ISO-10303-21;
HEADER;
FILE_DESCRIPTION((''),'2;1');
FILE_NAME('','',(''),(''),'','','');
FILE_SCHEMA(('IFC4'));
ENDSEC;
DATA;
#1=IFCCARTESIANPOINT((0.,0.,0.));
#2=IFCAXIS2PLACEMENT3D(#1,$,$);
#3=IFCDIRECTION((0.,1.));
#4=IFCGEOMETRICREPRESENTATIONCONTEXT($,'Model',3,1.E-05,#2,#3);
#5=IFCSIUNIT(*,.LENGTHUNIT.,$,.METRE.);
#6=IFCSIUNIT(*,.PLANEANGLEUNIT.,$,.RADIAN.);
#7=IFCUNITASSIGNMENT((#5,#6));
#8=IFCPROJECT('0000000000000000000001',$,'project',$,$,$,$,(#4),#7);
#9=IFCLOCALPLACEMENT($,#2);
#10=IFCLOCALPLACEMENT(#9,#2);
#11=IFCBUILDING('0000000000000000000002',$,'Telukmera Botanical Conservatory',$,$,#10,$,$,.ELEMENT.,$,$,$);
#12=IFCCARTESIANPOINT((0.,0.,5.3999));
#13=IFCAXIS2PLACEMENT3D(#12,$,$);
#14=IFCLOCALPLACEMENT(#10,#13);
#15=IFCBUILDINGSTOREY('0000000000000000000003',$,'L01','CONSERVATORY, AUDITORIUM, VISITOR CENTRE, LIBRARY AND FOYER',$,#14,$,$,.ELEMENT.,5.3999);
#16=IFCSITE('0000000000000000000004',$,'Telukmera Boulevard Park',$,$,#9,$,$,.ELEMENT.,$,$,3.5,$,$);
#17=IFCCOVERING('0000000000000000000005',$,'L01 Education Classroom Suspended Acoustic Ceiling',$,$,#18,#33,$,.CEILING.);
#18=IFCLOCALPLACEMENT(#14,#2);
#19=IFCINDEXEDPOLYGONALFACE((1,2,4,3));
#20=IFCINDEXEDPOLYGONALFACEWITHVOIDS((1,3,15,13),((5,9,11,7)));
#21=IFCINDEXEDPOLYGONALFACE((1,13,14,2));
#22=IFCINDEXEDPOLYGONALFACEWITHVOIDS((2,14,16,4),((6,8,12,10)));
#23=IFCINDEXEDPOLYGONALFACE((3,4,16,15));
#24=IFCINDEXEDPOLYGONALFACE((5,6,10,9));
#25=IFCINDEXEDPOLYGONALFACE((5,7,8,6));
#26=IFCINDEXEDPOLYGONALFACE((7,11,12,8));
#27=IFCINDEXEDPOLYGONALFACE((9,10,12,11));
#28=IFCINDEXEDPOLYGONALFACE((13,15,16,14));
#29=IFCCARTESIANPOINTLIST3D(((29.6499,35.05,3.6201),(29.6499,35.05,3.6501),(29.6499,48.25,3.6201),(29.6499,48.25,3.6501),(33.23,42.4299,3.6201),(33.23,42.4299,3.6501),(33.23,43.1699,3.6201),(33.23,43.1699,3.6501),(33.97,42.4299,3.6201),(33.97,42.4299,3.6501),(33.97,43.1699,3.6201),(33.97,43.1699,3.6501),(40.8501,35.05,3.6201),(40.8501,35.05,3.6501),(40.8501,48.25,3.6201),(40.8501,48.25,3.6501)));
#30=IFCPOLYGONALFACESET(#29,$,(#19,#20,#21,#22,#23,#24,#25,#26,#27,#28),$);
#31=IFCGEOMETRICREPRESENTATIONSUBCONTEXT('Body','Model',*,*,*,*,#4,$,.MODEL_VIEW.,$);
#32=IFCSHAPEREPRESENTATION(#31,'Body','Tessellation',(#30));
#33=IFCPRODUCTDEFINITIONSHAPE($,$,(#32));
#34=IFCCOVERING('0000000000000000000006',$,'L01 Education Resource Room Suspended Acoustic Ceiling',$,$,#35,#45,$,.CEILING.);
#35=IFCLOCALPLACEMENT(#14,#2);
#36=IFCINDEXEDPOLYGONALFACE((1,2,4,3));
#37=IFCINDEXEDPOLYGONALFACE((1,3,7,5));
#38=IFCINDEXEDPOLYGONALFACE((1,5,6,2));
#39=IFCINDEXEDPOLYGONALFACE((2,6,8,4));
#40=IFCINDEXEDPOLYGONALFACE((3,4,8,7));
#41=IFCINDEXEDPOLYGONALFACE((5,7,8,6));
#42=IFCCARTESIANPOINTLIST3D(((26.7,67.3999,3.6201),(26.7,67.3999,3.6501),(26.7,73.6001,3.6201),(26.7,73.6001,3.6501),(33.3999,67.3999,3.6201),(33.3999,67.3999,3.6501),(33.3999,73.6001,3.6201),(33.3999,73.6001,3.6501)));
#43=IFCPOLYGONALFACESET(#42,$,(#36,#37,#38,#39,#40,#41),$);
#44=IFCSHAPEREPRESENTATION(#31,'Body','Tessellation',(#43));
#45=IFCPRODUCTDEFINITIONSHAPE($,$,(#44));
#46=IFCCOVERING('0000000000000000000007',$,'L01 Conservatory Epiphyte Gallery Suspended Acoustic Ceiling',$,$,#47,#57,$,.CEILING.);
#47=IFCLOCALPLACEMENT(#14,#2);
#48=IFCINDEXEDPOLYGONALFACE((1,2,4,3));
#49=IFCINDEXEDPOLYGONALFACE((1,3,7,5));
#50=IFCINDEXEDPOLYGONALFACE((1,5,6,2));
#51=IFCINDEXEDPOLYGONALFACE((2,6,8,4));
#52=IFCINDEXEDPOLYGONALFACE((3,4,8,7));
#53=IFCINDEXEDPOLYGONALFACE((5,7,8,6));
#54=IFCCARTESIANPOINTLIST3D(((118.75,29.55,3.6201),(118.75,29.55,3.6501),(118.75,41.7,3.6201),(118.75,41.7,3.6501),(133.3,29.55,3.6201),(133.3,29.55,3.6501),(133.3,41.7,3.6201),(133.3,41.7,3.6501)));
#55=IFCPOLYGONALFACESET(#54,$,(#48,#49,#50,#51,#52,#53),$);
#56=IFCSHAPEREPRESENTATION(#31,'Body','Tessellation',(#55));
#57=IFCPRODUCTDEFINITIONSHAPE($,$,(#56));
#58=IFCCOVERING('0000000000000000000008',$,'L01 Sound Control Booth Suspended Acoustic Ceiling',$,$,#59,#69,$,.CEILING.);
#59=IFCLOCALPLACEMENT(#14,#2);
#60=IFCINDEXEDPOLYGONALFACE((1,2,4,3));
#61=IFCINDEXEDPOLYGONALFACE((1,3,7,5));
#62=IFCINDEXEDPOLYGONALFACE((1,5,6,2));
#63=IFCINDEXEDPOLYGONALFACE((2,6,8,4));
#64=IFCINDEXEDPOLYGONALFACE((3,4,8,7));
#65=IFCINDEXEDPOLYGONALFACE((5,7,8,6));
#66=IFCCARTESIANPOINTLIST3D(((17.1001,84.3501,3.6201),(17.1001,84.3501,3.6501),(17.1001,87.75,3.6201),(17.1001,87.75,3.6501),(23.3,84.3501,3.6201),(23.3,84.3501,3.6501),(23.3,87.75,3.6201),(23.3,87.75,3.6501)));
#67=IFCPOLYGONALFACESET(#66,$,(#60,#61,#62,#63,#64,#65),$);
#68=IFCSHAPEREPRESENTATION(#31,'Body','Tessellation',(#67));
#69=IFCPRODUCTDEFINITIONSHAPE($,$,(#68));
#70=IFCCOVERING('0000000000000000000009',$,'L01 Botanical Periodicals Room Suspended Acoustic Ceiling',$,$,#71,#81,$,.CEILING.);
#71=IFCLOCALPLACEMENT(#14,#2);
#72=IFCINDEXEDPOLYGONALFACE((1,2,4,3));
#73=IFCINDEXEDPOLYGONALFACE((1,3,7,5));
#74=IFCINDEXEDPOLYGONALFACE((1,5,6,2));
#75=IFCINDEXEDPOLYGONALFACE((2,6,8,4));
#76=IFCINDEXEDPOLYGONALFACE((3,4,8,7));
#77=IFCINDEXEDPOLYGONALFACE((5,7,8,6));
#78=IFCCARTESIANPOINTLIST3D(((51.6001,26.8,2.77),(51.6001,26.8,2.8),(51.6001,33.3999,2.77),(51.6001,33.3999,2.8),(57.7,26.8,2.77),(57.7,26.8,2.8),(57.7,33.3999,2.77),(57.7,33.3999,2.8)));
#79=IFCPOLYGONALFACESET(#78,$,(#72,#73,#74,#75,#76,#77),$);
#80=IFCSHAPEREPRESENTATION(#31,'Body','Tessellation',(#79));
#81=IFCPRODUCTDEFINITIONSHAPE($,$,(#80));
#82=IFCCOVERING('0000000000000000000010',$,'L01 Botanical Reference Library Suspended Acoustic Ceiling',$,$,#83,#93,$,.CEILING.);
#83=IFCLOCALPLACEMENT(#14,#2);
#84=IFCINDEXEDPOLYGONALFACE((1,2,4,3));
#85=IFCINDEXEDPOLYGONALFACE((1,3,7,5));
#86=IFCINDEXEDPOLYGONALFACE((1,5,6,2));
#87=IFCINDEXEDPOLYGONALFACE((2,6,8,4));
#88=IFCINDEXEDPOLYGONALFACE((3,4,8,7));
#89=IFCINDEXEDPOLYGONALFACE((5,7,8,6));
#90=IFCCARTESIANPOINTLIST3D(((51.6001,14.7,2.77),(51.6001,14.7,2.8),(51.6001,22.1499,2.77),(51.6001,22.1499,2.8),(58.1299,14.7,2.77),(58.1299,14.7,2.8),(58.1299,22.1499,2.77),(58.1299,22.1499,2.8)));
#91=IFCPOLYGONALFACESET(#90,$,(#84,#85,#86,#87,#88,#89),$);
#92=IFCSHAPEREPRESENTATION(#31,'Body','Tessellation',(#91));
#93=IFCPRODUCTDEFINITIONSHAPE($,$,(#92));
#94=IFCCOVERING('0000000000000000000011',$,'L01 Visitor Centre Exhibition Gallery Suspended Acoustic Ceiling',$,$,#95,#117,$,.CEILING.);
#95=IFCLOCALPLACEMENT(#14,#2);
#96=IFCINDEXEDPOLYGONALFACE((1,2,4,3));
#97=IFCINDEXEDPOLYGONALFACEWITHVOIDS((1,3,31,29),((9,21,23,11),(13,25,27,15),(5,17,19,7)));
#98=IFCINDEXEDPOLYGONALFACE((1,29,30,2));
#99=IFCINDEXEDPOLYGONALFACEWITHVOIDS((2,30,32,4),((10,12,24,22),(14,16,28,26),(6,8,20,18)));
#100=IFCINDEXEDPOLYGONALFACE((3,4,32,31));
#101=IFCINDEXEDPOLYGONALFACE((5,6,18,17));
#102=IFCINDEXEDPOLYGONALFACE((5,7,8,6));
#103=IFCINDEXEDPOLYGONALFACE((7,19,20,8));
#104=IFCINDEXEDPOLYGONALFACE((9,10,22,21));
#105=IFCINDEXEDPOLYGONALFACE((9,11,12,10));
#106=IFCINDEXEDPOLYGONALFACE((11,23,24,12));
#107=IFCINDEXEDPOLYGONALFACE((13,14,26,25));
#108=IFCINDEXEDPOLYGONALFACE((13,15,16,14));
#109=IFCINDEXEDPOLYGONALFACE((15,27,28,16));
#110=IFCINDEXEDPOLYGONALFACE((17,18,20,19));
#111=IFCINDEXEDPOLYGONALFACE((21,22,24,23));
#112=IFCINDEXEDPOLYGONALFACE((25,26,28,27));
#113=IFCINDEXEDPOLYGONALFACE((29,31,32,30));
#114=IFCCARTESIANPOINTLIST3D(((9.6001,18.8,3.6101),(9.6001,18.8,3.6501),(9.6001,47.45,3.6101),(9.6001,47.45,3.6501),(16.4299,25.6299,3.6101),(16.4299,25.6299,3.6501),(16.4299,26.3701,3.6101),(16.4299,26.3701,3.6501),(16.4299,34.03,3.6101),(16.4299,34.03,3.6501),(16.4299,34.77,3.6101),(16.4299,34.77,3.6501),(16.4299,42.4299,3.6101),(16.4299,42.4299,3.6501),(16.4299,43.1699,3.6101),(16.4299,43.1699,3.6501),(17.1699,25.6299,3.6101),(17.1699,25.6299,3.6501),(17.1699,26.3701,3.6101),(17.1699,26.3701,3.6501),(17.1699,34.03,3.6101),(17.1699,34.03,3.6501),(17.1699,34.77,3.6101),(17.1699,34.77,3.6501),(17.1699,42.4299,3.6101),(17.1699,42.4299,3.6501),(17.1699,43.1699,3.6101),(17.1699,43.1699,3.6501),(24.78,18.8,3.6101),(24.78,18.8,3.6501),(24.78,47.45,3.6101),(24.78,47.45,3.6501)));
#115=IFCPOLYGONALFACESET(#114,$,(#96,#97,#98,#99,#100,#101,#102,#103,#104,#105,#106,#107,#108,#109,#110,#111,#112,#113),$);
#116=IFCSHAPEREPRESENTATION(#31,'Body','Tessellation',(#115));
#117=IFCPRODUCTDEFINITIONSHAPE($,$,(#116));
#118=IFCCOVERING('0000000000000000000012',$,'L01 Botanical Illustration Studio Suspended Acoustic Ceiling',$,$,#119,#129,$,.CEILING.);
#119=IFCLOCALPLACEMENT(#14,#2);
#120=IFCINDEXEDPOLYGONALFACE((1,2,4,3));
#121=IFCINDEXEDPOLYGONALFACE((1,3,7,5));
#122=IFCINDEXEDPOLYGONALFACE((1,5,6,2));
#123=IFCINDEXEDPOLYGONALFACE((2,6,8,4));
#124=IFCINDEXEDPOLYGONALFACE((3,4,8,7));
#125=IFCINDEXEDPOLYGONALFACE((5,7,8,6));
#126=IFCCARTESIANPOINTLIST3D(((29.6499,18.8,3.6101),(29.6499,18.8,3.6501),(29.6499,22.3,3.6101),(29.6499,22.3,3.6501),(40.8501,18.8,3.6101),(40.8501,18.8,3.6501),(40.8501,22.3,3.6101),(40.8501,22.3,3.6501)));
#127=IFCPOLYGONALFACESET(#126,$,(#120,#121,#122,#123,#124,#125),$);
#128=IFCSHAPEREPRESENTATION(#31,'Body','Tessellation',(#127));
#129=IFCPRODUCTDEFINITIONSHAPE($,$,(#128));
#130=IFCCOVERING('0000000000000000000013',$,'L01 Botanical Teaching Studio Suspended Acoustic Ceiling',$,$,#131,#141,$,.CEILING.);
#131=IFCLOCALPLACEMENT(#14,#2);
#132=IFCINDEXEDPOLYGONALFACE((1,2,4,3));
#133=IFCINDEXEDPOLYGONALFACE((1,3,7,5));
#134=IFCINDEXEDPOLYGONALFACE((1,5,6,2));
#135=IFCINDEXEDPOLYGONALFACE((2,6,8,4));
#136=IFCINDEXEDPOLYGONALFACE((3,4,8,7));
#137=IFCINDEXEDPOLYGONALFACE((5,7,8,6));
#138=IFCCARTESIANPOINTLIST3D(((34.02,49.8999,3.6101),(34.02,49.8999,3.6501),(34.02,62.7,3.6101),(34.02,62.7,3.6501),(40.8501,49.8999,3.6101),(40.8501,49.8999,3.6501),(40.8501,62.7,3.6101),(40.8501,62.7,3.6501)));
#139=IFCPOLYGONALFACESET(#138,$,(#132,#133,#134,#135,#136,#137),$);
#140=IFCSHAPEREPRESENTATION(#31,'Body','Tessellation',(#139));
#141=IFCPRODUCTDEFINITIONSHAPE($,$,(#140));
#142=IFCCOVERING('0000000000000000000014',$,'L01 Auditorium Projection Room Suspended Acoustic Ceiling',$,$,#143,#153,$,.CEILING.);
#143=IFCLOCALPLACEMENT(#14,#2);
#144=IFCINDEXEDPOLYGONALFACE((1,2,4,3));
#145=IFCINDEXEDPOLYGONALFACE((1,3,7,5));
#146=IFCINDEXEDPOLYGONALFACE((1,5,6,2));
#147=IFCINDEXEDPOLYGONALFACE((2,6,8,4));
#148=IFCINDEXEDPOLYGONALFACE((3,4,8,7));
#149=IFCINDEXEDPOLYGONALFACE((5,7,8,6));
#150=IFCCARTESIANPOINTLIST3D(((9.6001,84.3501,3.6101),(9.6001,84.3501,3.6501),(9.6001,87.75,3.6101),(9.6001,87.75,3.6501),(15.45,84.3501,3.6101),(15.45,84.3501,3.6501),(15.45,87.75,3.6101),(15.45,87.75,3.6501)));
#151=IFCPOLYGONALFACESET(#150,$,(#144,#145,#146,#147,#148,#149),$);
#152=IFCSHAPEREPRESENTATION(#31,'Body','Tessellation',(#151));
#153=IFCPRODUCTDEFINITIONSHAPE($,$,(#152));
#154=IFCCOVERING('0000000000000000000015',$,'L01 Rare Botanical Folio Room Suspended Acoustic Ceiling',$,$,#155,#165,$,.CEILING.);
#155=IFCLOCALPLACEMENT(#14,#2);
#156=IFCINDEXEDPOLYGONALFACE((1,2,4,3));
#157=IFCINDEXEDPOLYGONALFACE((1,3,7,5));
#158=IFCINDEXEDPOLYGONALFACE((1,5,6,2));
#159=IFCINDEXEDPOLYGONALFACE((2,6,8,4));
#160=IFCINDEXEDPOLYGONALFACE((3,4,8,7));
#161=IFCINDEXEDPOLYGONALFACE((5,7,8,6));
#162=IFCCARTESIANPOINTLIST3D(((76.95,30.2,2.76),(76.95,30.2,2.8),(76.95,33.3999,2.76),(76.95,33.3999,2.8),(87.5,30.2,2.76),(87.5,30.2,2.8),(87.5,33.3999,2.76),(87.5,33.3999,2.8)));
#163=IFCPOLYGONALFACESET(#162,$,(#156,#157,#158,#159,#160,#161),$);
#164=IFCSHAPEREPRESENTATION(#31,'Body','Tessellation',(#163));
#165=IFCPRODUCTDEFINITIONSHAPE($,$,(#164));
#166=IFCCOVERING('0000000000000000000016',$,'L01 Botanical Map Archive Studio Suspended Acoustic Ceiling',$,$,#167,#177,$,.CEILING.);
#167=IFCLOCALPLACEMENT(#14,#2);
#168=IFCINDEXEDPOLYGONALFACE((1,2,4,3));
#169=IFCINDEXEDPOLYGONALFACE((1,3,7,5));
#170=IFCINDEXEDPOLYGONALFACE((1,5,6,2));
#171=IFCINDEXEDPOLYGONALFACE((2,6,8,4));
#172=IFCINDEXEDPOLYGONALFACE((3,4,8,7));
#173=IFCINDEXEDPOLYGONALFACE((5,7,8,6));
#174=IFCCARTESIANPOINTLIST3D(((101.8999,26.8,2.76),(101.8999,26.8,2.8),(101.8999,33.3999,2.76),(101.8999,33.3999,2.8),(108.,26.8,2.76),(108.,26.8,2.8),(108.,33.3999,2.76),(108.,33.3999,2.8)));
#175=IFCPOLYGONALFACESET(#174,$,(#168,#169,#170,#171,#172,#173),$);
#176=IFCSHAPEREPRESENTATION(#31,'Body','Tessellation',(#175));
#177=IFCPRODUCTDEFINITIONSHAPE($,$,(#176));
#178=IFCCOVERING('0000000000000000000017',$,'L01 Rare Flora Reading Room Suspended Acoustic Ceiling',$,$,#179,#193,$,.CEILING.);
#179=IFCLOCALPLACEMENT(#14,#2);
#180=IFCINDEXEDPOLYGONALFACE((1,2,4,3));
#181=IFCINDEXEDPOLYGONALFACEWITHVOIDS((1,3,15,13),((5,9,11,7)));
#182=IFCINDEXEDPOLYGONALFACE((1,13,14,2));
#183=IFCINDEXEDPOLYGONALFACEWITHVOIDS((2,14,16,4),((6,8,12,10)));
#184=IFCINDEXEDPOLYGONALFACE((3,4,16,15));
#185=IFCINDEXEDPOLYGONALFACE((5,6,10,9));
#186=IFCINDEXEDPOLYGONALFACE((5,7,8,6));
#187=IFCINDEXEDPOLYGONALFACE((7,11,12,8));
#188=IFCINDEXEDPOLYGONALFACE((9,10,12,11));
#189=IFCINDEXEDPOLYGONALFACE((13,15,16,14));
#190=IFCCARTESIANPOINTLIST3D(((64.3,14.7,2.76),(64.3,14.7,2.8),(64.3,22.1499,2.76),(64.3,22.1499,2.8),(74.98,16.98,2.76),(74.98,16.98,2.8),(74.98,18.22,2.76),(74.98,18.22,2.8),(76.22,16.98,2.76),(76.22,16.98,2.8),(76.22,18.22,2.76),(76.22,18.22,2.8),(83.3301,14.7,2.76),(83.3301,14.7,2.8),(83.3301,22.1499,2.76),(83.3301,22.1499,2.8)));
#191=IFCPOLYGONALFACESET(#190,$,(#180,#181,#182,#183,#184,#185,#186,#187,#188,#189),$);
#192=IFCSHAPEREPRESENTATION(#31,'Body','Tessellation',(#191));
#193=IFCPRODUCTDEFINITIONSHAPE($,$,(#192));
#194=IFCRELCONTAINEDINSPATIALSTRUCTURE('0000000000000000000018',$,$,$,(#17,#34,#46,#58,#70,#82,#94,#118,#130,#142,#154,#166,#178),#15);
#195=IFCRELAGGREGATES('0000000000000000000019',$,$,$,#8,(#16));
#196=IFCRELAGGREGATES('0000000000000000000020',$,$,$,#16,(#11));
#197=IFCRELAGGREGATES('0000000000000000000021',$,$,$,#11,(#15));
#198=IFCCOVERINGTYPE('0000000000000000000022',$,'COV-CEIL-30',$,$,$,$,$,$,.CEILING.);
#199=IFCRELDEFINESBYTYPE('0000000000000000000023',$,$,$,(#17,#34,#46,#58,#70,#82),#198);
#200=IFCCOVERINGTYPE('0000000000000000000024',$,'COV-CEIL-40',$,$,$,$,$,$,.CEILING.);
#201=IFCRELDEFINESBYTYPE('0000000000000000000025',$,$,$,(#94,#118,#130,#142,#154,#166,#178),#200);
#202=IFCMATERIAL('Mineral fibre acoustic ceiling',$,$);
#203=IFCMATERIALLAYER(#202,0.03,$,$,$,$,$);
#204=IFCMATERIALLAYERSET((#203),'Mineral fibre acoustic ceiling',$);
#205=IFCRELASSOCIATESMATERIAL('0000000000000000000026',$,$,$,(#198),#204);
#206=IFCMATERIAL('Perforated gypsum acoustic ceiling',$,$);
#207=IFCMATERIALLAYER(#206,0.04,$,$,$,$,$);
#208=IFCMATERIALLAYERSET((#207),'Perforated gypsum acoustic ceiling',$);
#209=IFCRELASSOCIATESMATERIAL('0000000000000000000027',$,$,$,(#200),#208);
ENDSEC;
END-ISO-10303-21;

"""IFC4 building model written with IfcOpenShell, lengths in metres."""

from ifc_helpers import new_model, si_unit, direction, frame, origin, place, context, subcontext, project, spatial, polyline, outline, extrude, material, layer, layer_set, type_object, element, save


model = new_model("IFC4")

# Units and contexts
model_context = context("Model", 3, precision=1e-05, world=origin(), true_north=direction((0.0, 1.0)))
body_context = subcontext(model_context, "Body", "Model", "MODEL_VIEW")
ifc_project = project(units=[si_unit("LENGTHUNIT", "METRE"), si_unit("PLANEANGLEUNIT", "RADIAN")], contexts=[model_context])

# Site, building, storey
site_placement = place(None, origin())
site = spatial("IfcSite", under=ifc_project, at=site_placement, Name="Telukmera Boulevard Park", CompositionType="ELEMENT", RefElevation=3.5)
building_placement = place(site_placement, origin())
building = spatial("IfcBuilding", under=site, at=building_placement, Name="Telukmera Botanical Conservatory", CompositionType="ELEMENT")
storey_placement = place(building_placement, frame((0.0, 0.0, 5.3999)))
storey = spatial("IfcBuildingStorey", under=building, at=storey_placement, Name="L01", Description="CONSERVATORY, AUDITORIUM, VISITOR CENTRE, LIBRARY AND FOYER", CompositionType="ELEMENT", Elevation=5.3999)

# Coverings
ifc_material_1 = material(Name="Mineral fibre acoustic ceiling")
ifc_layer_1 = layer(ifc_material_1, 0.03)
ifc_layer_set_1 = layer_set([ifc_layer_1], Name="Mineral fibre acoustic ceiling")
covering_type_1 = type_object("IfcCoveringType", Name="COV-CEIL-30", PredefinedType="CEILING", material=ifc_layer_set_1)
covering_1_placement = place(storey_placement, frame((0.0, 0.0, 3.6201)))
element("IfcCovering", 1, at=covering_1_placement, inside=storey, type_object=covering_type_1, Name="L01 Education Classroom Suspended Acoustic Ceiling", PredefinedType="CEILING", context=body_context, shape_type="SweptSolid", body=[
    extrude(outline(polyline([(29.6499, 35.05), (40.8501, 35.05), (40.8501, 48.25), (29.6499, 48.25), (29.6499, 35.05)]), holes=[polyline([(33.23, 42.4299), (33.97, 42.4299), (33.97, 43.1699), (33.23, 43.1699), (33.23, 42.4299)])]), origin(), (0.0, 0.0, 1.0), 0.03),
])
covering_2_placement = place(storey_placement, frame((0.0, 0.0, 3.6201)))
element("IfcCovering", 2, at=covering_2_placement, inside=storey, type_object=covering_type_1, Name="L01 Education Resource Room Suspended Acoustic Ceiling", PredefinedType="CEILING", context=body_context, shape_type="SweptSolid", body=[
    extrude(outline(polyline([(26.7, 67.3999), (33.3999, 67.3999), (33.3999, 73.6001), (26.7, 73.6001), (26.7, 67.3999)])), origin(), (0.0, 0.0, 1.0), 0.03),
])
covering_3_placement = place(storey_placement, frame((0.0, 0.0, 3.6201)))
element("IfcCovering", 3, at=covering_3_placement, inside=storey, type_object=covering_type_1, Name="L01 Conservatory Epiphyte Gallery Suspended Acoustic Ceiling", PredefinedType="CEILING", context=body_context, shape_type="SweptSolid", body=[
    extrude(outline(polyline([(118.75, 29.55), (133.3, 29.55), (133.3, 41.7), (118.75, 41.7), (118.75, 29.55)])), origin(), (0.0, 0.0, 1.0), 0.03),
])
covering_4_placement = place(storey_placement, frame((0.0, 0.0, 3.6201)))
element("IfcCovering", 4, at=covering_4_placement, inside=storey, type_object=covering_type_1, Name="L01 Sound Control Booth Suspended Acoustic Ceiling", PredefinedType="CEILING", context=body_context, shape_type="SweptSolid", body=[
    extrude(outline(polyline([(17.1001, 84.3501), (23.3, 84.3501), (23.3, 87.75), (17.1001, 87.75), (17.1001, 84.3501)])), origin(), (0.0, 0.0, 1.0), 0.03),
])
covering_5_placement = place(storey_placement, frame((0.0, 0.0, 2.77)))
element("IfcCovering", 5, at=covering_5_placement, inside=storey, type_object=covering_type_1, Name="L01 Botanical Periodicals Room Suspended Acoustic Ceiling", PredefinedType="CEILING", context=body_context, shape_type="SweptSolid", body=[
    extrude(outline(polyline([(51.6001, 26.8), (57.7, 26.8), (57.7, 33.3999), (51.6001, 33.3999), (51.6001, 26.8)])), origin(), (0.0, 0.0, 1.0), 0.03),
])
covering_6_placement = place(storey_placement, frame((0.0, 0.0, 2.77)))
element("IfcCovering", 6, at=covering_6_placement, inside=storey, type_object=covering_type_1, Name="L01 Botanical Reference Library Suspended Acoustic Ceiling", PredefinedType="CEILING", context=body_context, shape_type="SweptSolid", body=[
    extrude(outline(polyline([(51.6001, 14.7), (58.1299, 14.7), (58.1299, 22.1499), (51.6001, 22.1499), (51.6001, 14.7)])), origin(), (0.0, 0.0, 1.0), 0.03),
])
ifc_material_2 = material(Name="Perforated gypsum acoustic ceiling")
ifc_layer_2 = layer(ifc_material_2, 0.04)
ifc_layer_set_2 = layer_set([ifc_layer_2], Name="Perforated gypsum acoustic ceiling")
covering_type_2 = type_object("IfcCoveringType", Name="COV-CEIL-40", PredefinedType="CEILING", material=ifc_layer_set_2)
covering_7_placement = place(storey_placement, frame((0.0, 0.0, 3.6101)))
element("IfcCovering", 7, at=covering_7_placement, inside=storey, type_object=covering_type_2, Name="L01 Visitor Centre Exhibition Gallery Suspended Acoustic Ceiling", PredefinedType="CEILING", context=body_context, shape_type="SweptSolid", body=[
    extrude(outline(polyline([(9.6001, 18.8), (24.78, 18.8), (24.78, 47.45), (9.6001, 47.45), (9.6001, 18.8)]), holes=[polyline([(16.4299, 25.6299), (17.1699, 25.6299), (17.1699, 26.3701), (16.4299, 26.3701), (16.4299, 25.6299)]), polyline([(16.4299, 34.03), (17.1699, 34.03), (17.1699, 34.77), (16.4299, 34.77), (16.4299, 34.03)]), polyline([(16.4299, 42.4299), (17.1699, 42.4299), (17.1699, 43.1699), (16.4299, 43.1699), (16.4299, 42.4299)])]), origin(), (0.0, 0.0, 1.0), 0.04),
])
covering_8_placement = place(storey_placement, frame((0.0, 0.0, 3.6101)))
element("IfcCovering", 8, at=covering_8_placement, inside=storey, type_object=covering_type_2, Name="L01 Botanical Illustration Studio Suspended Acoustic Ceiling", PredefinedType="CEILING", context=body_context, shape_type="SweptSolid", body=[
    extrude(outline(polyline([(29.6499, 18.8), (40.8501, 18.8), (40.8501, 22.3), (29.6499, 22.3), (29.6499, 18.8)])), origin(), (0.0, 0.0, 1.0), 0.04),
])
covering_9_placement = place(storey_placement, frame((0.0, 0.0, 3.6101)))
element("IfcCovering", 9, at=covering_9_placement, inside=storey, type_object=covering_type_2, Name="L01 Botanical Teaching Studio Suspended Acoustic Ceiling", PredefinedType="CEILING", context=body_context, shape_type="SweptSolid", body=[
    extrude(outline(polyline([(34.02, 49.8999), (40.8501, 49.8999), (40.8501, 62.7), (34.02, 62.7), (34.02, 49.8999)])), origin(), (0.0, 0.0, 1.0), 0.04),
])
covering_10_placement = place(storey_placement, frame((0.0, 0.0, 3.6101)))
element("IfcCovering", 10, at=covering_10_placement, inside=storey, type_object=covering_type_2, Name="L01 Auditorium Projection Room Suspended Acoustic Ceiling", PredefinedType="CEILING", context=body_context, shape_type="SweptSolid", body=[
    extrude(outline(polyline([(9.6001, 84.3501), (15.45, 84.3501), (15.45, 87.75), (9.6001, 87.75), (9.6001, 84.3501)])), origin(), (0.0, 0.0, 1.0), 0.04),
])
covering_11_placement = place(storey_placement, frame((0.0, 0.0, 2.76)))
element("IfcCovering", 11, at=covering_11_placement, inside=storey, type_object=covering_type_2, Name="L01 Rare Botanical Folio Room Suspended Acoustic Ceiling", PredefinedType="CEILING", context=body_context, shape_type="SweptSolid", body=[
    extrude(outline(polyline([(76.95, 30.2), (87.5, 30.2), (87.5, 33.3999), (76.95, 33.3999), (76.95, 30.2)])), origin(), (0.0, 0.0, 1.0), 0.04),
])
covering_12_placement = place(storey_placement, frame((0.0, 0.0, 2.76)))
element("IfcCovering", 12, at=covering_12_placement, inside=storey, type_object=covering_type_2, Name="L01 Botanical Map Archive Studio Suspended Acoustic Ceiling", PredefinedType="CEILING", context=body_context, shape_type="SweptSolid", body=[
    extrude(outline(polyline([(101.8999, 26.8), (108.0, 26.8), (108.0, 33.3999), (101.8999, 33.3999), (101.8999, 26.8)])), origin(), (0.0, 0.0, 1.0), 0.04),
])
covering_13_placement = place(storey_placement, frame((0.0, 0.0, 2.76)))
element("IfcCovering", 13, at=covering_13_placement, inside=storey, type_object=covering_type_2, Name="L01 Rare Flora Reading Room Suspended Acoustic Ceiling", PredefinedType="CEILING", context=body_context, shape_type="SweptSolid", body=[
    extrude(outline(polyline([(64.3, 14.7), (83.3301, 14.7), (83.3301, 22.1499), (64.3, 22.1499), (64.3, 14.7)]), holes=[polyline([(74.98, 16.98), (76.22, 16.98), (76.22, 18.22), (74.98, 18.22), (74.98, 16.98)])]), origin(), (0.0, 0.0, 1.0), 0.04),
])

save(model, "model.ifc")
